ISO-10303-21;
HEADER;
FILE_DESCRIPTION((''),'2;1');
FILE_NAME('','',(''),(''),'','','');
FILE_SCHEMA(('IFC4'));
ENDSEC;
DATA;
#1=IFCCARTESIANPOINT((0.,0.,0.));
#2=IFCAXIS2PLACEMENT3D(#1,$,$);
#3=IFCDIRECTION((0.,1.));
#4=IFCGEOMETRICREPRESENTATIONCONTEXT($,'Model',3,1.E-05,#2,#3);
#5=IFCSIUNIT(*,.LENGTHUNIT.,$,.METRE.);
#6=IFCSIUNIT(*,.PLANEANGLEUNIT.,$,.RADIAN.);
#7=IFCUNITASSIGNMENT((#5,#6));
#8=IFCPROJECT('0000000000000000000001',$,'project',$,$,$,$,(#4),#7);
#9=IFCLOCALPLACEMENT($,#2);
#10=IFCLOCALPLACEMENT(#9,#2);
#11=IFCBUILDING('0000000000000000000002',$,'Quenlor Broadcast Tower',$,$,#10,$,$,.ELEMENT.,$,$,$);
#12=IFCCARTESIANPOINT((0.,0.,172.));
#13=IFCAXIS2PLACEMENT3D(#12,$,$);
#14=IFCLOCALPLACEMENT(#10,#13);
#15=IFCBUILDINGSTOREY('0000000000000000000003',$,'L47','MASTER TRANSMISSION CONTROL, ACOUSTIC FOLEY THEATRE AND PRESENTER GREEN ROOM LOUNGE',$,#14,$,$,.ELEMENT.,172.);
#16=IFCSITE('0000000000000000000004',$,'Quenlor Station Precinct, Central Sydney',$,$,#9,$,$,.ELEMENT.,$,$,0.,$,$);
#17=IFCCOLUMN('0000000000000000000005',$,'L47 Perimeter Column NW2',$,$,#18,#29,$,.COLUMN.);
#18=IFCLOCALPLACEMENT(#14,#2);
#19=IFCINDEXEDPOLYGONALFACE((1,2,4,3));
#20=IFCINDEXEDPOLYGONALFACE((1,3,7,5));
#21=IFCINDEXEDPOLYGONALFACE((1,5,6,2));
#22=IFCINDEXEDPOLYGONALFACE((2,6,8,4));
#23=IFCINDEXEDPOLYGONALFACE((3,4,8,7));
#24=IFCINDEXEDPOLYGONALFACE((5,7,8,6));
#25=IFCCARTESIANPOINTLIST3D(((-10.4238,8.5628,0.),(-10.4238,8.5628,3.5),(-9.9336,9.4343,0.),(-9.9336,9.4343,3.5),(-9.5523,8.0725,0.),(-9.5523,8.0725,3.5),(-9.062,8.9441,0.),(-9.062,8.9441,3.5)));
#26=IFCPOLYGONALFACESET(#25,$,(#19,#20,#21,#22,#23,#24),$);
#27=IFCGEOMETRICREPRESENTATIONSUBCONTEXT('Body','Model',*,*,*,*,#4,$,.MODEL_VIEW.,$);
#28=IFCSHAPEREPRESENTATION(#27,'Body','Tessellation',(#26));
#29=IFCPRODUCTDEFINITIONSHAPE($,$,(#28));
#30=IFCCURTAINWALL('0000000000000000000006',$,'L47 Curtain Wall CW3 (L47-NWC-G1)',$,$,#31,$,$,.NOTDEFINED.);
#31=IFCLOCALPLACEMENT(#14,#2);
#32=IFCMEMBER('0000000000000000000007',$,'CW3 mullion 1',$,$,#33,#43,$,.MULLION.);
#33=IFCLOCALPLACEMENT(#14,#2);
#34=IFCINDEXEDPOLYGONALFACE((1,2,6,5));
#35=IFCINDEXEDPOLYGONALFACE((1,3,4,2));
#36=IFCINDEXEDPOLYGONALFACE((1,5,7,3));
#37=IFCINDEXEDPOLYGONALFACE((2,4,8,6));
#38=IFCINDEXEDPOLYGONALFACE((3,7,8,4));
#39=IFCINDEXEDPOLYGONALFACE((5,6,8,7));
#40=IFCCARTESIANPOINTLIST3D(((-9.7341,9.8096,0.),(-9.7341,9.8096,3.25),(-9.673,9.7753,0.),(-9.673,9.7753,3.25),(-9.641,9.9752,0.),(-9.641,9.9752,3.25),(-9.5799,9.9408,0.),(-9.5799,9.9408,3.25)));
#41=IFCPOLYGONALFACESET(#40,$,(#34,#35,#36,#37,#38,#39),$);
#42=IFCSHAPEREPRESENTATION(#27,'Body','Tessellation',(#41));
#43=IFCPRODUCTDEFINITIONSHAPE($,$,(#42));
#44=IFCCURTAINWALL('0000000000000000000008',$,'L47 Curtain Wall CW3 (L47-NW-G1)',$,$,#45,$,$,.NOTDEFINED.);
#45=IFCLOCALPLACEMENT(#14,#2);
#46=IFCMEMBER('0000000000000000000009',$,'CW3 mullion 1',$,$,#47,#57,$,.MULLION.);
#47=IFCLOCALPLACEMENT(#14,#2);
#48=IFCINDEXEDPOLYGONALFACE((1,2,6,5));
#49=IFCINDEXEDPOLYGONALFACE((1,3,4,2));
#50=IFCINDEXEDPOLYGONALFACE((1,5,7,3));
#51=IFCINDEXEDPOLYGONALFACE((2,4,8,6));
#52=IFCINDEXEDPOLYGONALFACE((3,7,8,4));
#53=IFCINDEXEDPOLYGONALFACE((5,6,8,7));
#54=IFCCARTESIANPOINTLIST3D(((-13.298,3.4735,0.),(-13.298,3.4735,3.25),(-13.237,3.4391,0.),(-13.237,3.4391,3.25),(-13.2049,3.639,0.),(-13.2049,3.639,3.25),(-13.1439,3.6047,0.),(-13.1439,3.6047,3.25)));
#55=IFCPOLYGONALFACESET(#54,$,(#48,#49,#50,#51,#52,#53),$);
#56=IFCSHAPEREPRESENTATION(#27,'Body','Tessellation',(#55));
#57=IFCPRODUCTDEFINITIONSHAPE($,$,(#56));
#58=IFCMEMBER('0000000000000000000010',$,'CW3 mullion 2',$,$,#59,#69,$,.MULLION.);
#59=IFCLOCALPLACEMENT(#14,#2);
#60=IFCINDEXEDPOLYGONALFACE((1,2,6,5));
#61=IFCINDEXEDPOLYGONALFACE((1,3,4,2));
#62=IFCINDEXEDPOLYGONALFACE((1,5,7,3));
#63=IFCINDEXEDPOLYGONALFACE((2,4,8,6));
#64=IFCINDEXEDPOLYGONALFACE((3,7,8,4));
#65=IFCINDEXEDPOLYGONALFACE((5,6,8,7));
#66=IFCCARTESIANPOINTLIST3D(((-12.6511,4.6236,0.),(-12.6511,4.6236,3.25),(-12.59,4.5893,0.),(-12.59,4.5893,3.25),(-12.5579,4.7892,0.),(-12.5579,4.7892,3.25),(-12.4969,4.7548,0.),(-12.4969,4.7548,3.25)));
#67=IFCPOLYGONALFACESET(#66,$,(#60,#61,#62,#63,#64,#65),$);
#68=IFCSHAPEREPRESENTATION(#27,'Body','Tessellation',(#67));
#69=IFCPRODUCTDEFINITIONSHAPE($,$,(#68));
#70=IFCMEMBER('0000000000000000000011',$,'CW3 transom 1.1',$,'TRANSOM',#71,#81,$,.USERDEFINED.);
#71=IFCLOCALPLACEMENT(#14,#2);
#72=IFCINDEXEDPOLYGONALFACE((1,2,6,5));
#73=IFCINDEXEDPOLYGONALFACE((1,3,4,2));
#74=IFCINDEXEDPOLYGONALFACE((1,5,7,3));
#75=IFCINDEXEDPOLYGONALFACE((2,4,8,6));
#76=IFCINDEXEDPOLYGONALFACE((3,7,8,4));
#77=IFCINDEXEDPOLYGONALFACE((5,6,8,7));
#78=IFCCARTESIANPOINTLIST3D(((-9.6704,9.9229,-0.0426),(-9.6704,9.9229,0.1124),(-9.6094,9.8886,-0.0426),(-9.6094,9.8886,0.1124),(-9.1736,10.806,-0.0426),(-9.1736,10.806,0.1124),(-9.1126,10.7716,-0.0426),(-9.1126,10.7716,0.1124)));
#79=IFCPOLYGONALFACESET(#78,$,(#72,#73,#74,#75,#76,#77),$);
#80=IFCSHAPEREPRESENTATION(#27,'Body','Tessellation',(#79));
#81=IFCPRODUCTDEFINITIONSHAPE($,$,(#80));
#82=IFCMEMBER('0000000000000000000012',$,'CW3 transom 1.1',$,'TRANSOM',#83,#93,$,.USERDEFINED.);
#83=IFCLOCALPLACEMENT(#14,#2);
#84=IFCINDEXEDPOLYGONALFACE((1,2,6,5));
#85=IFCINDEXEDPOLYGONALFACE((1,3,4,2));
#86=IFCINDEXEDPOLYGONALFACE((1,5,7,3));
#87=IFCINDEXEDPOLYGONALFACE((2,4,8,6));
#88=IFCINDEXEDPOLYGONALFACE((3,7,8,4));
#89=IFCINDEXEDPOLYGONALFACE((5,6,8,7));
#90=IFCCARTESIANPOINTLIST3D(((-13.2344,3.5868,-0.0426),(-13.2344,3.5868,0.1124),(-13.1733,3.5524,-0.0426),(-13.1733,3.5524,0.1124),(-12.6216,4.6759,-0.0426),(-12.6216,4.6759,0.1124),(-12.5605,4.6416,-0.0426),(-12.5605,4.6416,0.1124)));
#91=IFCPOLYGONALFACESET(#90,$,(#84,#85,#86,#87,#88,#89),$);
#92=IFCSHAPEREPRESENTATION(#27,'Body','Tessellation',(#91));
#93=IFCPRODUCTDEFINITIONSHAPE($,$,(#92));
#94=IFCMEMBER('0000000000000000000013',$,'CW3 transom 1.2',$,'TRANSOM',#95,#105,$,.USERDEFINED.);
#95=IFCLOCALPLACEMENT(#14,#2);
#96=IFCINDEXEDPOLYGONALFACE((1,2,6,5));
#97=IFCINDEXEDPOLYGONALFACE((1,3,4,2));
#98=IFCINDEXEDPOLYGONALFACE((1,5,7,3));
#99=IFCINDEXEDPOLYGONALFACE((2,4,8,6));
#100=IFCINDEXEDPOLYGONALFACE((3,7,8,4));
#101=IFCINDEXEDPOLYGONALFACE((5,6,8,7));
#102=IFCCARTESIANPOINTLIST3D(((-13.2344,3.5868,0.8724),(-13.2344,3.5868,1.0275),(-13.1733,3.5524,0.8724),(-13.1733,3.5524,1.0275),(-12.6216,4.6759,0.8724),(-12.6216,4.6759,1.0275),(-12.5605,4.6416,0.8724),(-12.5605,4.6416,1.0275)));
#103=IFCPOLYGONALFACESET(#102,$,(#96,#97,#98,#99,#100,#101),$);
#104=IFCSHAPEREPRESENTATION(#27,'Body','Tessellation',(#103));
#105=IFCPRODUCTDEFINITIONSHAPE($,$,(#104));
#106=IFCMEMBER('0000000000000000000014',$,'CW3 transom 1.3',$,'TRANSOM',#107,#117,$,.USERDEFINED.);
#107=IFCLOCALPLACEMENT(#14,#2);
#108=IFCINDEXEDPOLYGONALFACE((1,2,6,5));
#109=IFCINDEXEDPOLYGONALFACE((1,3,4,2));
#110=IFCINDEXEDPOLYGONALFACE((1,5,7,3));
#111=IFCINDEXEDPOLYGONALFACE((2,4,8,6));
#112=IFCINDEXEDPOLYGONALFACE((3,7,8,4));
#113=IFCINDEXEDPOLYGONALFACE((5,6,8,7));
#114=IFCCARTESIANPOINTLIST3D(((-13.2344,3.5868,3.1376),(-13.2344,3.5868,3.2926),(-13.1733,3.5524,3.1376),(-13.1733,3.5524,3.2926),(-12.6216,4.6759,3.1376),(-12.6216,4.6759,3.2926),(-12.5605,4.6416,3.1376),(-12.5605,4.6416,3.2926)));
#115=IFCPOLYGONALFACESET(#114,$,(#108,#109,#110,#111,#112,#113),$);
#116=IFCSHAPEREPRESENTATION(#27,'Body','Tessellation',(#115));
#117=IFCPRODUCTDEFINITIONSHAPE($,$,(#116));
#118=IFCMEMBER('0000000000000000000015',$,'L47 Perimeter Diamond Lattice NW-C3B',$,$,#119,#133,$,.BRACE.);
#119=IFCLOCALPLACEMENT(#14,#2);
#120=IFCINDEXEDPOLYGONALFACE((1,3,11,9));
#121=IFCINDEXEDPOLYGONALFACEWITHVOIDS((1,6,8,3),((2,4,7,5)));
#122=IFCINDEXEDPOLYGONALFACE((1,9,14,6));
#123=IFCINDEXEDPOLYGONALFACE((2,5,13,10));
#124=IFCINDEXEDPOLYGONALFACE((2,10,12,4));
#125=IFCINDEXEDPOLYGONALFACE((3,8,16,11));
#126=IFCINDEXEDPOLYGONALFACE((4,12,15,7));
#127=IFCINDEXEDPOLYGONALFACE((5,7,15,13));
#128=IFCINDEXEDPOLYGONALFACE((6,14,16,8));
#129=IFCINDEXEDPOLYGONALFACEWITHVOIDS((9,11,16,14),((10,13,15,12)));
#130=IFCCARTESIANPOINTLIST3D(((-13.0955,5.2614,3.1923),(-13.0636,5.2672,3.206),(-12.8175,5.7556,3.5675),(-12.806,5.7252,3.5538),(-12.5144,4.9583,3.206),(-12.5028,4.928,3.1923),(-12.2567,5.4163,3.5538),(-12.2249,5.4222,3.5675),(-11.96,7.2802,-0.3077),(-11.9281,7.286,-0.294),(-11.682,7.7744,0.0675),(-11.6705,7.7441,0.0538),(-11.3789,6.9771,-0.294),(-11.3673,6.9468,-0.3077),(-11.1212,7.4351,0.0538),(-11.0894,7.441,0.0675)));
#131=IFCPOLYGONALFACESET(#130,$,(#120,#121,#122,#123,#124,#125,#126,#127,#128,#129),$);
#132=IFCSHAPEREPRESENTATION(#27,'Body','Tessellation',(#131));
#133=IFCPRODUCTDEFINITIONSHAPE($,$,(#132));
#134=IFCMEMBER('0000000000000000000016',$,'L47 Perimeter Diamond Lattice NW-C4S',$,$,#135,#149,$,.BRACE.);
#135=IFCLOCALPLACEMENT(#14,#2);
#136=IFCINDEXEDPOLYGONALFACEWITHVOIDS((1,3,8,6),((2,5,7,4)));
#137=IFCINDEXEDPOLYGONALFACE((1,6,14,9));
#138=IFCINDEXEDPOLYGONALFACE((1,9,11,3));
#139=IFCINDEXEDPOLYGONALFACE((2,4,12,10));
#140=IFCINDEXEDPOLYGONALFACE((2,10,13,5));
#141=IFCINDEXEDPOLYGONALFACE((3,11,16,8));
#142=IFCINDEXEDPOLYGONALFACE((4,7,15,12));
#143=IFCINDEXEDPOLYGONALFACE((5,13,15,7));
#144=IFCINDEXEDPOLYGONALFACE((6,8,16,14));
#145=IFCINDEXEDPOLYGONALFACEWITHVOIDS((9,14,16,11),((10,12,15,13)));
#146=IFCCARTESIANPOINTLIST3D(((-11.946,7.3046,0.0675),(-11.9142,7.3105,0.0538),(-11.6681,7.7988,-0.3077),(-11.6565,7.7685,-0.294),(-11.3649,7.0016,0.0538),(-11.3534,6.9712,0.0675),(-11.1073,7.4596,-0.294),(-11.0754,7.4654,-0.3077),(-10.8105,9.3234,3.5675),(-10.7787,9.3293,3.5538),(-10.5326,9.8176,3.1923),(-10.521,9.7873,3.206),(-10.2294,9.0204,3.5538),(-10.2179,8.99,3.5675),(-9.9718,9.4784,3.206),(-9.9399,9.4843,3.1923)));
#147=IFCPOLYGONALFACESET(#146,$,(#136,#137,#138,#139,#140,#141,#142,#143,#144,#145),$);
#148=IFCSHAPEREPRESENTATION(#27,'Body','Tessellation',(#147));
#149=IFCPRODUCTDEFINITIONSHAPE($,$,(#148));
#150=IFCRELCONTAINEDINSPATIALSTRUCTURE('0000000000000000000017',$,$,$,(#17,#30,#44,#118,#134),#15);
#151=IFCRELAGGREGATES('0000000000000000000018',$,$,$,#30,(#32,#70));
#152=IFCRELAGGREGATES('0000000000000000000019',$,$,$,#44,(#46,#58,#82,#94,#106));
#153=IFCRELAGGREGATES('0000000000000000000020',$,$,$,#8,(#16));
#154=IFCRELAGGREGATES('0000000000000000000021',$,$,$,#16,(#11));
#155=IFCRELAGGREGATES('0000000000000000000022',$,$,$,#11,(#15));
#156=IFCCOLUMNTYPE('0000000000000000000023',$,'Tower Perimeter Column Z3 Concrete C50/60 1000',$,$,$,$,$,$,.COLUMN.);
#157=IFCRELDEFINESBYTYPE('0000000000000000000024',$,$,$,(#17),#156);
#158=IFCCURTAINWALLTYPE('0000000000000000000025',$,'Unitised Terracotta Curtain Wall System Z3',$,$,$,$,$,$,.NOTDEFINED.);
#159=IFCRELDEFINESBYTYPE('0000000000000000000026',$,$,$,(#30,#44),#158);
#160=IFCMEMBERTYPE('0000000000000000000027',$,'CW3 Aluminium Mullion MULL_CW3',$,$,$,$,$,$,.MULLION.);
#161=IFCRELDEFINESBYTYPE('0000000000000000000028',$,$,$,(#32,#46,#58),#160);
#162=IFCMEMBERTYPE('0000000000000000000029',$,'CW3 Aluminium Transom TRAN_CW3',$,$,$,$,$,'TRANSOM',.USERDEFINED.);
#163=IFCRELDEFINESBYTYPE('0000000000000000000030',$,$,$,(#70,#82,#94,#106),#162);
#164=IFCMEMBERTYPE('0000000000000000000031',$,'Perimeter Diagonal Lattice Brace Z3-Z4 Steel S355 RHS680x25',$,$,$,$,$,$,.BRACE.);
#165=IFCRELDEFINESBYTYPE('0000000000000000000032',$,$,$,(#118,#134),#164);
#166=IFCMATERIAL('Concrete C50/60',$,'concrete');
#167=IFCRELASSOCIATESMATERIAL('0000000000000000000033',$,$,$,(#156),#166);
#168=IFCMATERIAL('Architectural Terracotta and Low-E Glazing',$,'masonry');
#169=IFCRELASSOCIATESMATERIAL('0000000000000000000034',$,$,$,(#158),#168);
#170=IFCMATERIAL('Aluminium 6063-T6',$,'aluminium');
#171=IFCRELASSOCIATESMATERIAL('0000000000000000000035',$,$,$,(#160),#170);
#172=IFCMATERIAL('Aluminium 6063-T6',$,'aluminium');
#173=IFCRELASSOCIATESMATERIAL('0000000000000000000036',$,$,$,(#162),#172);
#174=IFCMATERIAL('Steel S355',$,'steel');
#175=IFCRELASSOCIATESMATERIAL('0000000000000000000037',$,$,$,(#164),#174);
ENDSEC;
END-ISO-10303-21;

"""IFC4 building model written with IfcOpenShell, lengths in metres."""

from ifc_helpers import new_model, si_unit, direction, frame, origin, origin_2d, place, context, subcontext, project, spatial, rectangle, hollow_rectangle, extrude, material, material_profile, profile_set, type_object, element, aggregate, save


model = new_model("IFC4")

# Units and contexts
model_context = context("Model", 3, precision=1e-05, world=origin(), true_north=direction((0.0, 1.0)))
body_context = subcontext(model_context, "Body", "Model", "MODEL_VIEW")
ifc_project = project(units=[si_unit("LENGTHUNIT", "METRE"), si_unit("PLANEANGLEUNIT", "RADIAN")], contexts=[model_context])

# Site, building, storey
site_placement = place(None, origin())
site = spatial("IfcSite", under=ifc_project, at=site_placement, Name="Quenlor Station Precinct, Central Sydney", CompositionType="ELEMENT", RefElevation=0.0)
building_placement = place(site_placement, origin())
building = spatial("IfcBuilding", under=site, at=building_placement, Name="Quenlor Broadcast Tower", CompositionType="ELEMENT")
storey_placement = place(building_placement, frame((0.0, 0.0, 172.0)))
storey = spatial("IfcBuildingStorey", under=building, at=storey_placement, Name="L47", Description="MASTER TRANSMISSION CONTROL, ACOUSTIC FOLEY THEATRE AND PRESENTER GREEN ROOM LOUNGE", CompositionType="ELEMENT", Elevation=172.0)

# Column
ifc_material_1 = material(Name="Concrete C50/60", Category="concrete")
ifc_material_profile_1 = material_profile(ifc_material_1, rectangle(XDim=1.0, YDim=1.0, at=origin_2d()))
ifc_profile_set_1 = profile_set([ifc_material_profile_1], Name="Concrete C50/60 RC1000x1000")
column_type = type_object("IfcColumnType", Name="Tower Perimeter Column Z3 Concrete C50/60 1000", PredefinedType="COLUMN", material=ifc_profile_set_1)
column_placement = place(storey_placement, frame((-9.7429, 8.7534, 0.0), z_axis=(0.0, 0.0, 1.0), x_axis=(-0.871575, 0.490262, 0.0)))
element("IfcColumn", 1, at=column_placement, inside=storey, type_object=column_type, Name="L47 Perimeter Column NW2", PredefinedType="COLUMN", context=body_context, shape_type="SweptSolid", body=[
    extrude(rectangle(XDim=1.0, YDim=1.0, at=origin_2d()), origin(), (0.0, 0.0, 1.0), 3.5),
])

# Curtain wall, member
ifc_material_2 = material(Name="Architectural Terracotta and Low-E Glazing", Category="masonry")
curtain_wall_type = type_object("IfcCurtainWallType", Name="Unitised Terracotta Curtain Wall System Z3", PredefinedType="NOTDEFINED", material=ifc_material_2)
curtain_wall_1_placement = place(storey_placement, origin())
curtain_wall_1 = element("IfcCurtainWall", 2, at=curtain_wall_1_placement, inside=storey, type_object=curtain_wall_type, Name="L47 Curtain Wall CW3 (L47-NWC-G1)", PredefinedType="NOTDEFINED")
ifc_material_3 = material(Name="Aluminium 6063-T6", Category="aluminium")
ifc_material_profile_2 = material_profile(ifc_material_3, rectangle(XDim=0.0701, YDim=0.1899, at=origin_2d()))
ifc_profile_set_2 = profile_set([ifc_material_profile_2], Name="Aluminium 6063-T6 MULL70x190")
member_type_1 = type_object("IfcMemberType", Name="CW3 Aluminium Mullion MULL_CW3", PredefinedType="MULLION", material=ifc_profile_set_2)
member_1_placement = place(storey_placement, frame((-9.657, 9.8752, 0.0), z_axis=(0.0, 0.0, 1.0), x_axis=(-0.871601, 0.490216, 0.0)))
member_1 = element("IfcMember", 3, at=member_1_placement, type_object=member_type_1, Name="CW3 mullion 1", PredefinedType="MULLION", context=body_context, shape_type="SweptSolid", body=[
    extrude(rectangle(XDim=0.0701, YDim=0.1899, at=origin_2d()), origin(), (0.0, 0.0, 1.0), 3.25),
])

# Curtain wall, members
curtain_wall_2_placement = place(storey_placement, origin())
curtain_wall_2 = element("IfcCurtainWall", 4, at=curtain_wall_2_placement, inside=storey, type_object=curtain_wall_type, Name="L47 Curtain Wall CW3 (L47-NW-G1)", PredefinedType="NOTDEFINED")
member_2_placement = place(storey_placement, frame((-13.2209, 3.5391, 0.0), z_axis=(0.0, 0.0, 1.0), x_axis=(-0.871562, 0.490285, 0.0)))
member_2 = element("IfcMember", 5, at=member_2_placement, type_object=member_type_1, Name="CW3 mullion 1", PredefinedType="MULLION", context=body_context, shape_type="SweptSolid", body=[
    extrude(rectangle(XDim=0.0701, YDim=0.1899, at=origin_2d()), origin(), (0.0, 0.0, 1.0), 3.25),
])
member_3_placement = place(storey_placement, frame((-12.574, 4.6892, 0.0), z_axis=(0.0, 0.0, 1.0), x_axis=(-0.871562, 0.490285, 0.0)))
member_3 = element("IfcMember", 6, at=member_3_placement, type_object=member_type_1, Name="CW3 mullion 2", PredefinedType="MULLION", context=body_context, shape_type="SweptSolid", body=[
    extrude(rectangle(XDim=0.0701, YDim=0.1899, at=origin_2d()), origin(), (0.0, 0.0, 1.0), 3.25),
])

# Members
ifc_material_4 = material(Name="Aluminium 6063-T6", Category="aluminium")
ifc_material_profile_3 = material_profile(ifc_material_4, rectangle(XDim=0.0701, YDim=0.155, at=origin_2d()))
ifc_profile_set_3 = profile_set([ifc_material_profile_3], Name="Aluminium 6063-T6 TRAN70x155")
member_type_2 = type_object("IfcMemberType", Name="CW3 Aluminium Transom TRAN_CW3", ElementType="TRANSOM", PredefinedType="USERDEFINED", material=ifc_profile_set_3)
member_4_placement = place(storey_placement, frame((-9.6399, 9.9058, 0.0349), z_axis=(0.490341, 0.87153, 0.0), x_axis=(-0.87153, 0.490341, 0.0)))
member_4 = element("IfcMember", 7, at=member_4_placement, type_object=member_type_2, Name="CW3 transom 1.1", ObjectType="TRANSOM", PredefinedType="USERDEFINED", context=body_context, shape_type="SweptSolid", body=[
    extrude(rectangle(XDim=0.0701, YDim=0.155, at=origin_2d()), origin(), (0.0, 0.0, 1.0), 1.0132),
])
aggregate(curtain_wall_1, [member_1, member_4])
member_5_placement = place(storey_placement, frame((-13.2039, 3.5696, 0.0349), z_axis=(0.490363, 0.871518, 0.0), x_axis=(-0.871518, 0.490363, 0.0)))
member_5 = element("IfcMember", 8, at=member_5_placement, type_object=member_type_2, Name="CW3 transom 1.1", ObjectType="TRANSOM", PredefinedType="USERDEFINED", context=body_context, shape_type="SweptSolid", body=[
    extrude(rectangle(XDim=0.0701, YDim=0.155, at=origin_2d()), origin(), (0.0, 0.0, 1.0), 1.2498),
])
member_6_placement = place(storey_placement, frame((-13.2039, 3.5696, 0.95), z_axis=(0.490363, 0.871518, 0.0), x_axis=(-0.871518, 0.490363, 0.0)))
member_6 = element("IfcMember", 9, at=member_6_placement, type_object=member_type_2, Name="CW3 transom 1.2", ObjectType="TRANSOM", PredefinedType="USERDEFINED", context=body_context, shape_type="SweptSolid", body=[
    extrude(rectangle(XDim=0.0701, YDim=0.155, at=origin_2d()), origin(), (0.0, 0.0, 1.0), 1.2498),
])
member_7_placement = place(storey_placement, frame((-13.2039, 3.5696, 3.2151), z_axis=(0.490363, 0.871518, 0.0), x_axis=(-0.871518, 0.490363, 0.0)))
member_7 = element("IfcMember", 10, at=member_7_placement, type_object=member_type_2, Name="CW3 transom 1.3", ObjectType="TRANSOM", PredefinedType="USERDEFINED", context=body_context, shape_type="SweptSolid", body=[
    extrude(rectangle(XDim=0.0701, YDim=0.155, at=origin_2d()), origin(), (0.0, 0.0, 1.0), 1.2498),
])

# Members
ifc_material_5 = material(Name="Steel S355", Category="steel")
ifc_material_profile_4 = material_profile(ifc_material_5, hollow_rectangle(XDim=0.6799, YDim=0.6799, WallThickness=0.0249, at=origin_2d()))
ifc_profile_set_4 = profile_set([ifc_material_profile_4], Name="Steel S355 RHS680x680x25")
member_type_3 = type_object("IfcMemberType", Name="Perimeter Diagonal Lattice Brace Z3-Z4 Steel S355 RHS680x25", PredefinedType="BRACE", material=ifc_profile_set_4)
for number, where, z_axis, x_axis, name in (
    (11, (-11.5247, 7.3606, -0.1201), (-0.270549, -0.481009, 0.833927), (0.87159, -0.490236, 0.0), "L47 Perimeter Diamond Lattice NW-C3B"),
    (12, (-11.5107, 7.385, -0.1201), (0.270549, 0.481009, 0.833927), (-0.87159, 0.490236, 0.0), "L47 Perimeter Diamond Lattice NW-C4S"),
):
    element("IfcMember", number, at=place(storey_placement, frame(where, z_axis=z_axis, x_axis=x_axis)), inside=storey, type_object=member_type_3, Name=name, PredefinedType="BRACE", context=body_context, shape_type="SweptSolid", body=[
        extrude(hollow_rectangle(XDim=0.6799, YDim=0.6799, WallThickness=0.0249, at=origin_2d()), origin(), (0.0, 0.0, 1.0), 4.197),
    ])

aggregate(curtain_wall_2, [member_2, member_3, member_5, member_6, member_7])

save(model, "model.ifc")
